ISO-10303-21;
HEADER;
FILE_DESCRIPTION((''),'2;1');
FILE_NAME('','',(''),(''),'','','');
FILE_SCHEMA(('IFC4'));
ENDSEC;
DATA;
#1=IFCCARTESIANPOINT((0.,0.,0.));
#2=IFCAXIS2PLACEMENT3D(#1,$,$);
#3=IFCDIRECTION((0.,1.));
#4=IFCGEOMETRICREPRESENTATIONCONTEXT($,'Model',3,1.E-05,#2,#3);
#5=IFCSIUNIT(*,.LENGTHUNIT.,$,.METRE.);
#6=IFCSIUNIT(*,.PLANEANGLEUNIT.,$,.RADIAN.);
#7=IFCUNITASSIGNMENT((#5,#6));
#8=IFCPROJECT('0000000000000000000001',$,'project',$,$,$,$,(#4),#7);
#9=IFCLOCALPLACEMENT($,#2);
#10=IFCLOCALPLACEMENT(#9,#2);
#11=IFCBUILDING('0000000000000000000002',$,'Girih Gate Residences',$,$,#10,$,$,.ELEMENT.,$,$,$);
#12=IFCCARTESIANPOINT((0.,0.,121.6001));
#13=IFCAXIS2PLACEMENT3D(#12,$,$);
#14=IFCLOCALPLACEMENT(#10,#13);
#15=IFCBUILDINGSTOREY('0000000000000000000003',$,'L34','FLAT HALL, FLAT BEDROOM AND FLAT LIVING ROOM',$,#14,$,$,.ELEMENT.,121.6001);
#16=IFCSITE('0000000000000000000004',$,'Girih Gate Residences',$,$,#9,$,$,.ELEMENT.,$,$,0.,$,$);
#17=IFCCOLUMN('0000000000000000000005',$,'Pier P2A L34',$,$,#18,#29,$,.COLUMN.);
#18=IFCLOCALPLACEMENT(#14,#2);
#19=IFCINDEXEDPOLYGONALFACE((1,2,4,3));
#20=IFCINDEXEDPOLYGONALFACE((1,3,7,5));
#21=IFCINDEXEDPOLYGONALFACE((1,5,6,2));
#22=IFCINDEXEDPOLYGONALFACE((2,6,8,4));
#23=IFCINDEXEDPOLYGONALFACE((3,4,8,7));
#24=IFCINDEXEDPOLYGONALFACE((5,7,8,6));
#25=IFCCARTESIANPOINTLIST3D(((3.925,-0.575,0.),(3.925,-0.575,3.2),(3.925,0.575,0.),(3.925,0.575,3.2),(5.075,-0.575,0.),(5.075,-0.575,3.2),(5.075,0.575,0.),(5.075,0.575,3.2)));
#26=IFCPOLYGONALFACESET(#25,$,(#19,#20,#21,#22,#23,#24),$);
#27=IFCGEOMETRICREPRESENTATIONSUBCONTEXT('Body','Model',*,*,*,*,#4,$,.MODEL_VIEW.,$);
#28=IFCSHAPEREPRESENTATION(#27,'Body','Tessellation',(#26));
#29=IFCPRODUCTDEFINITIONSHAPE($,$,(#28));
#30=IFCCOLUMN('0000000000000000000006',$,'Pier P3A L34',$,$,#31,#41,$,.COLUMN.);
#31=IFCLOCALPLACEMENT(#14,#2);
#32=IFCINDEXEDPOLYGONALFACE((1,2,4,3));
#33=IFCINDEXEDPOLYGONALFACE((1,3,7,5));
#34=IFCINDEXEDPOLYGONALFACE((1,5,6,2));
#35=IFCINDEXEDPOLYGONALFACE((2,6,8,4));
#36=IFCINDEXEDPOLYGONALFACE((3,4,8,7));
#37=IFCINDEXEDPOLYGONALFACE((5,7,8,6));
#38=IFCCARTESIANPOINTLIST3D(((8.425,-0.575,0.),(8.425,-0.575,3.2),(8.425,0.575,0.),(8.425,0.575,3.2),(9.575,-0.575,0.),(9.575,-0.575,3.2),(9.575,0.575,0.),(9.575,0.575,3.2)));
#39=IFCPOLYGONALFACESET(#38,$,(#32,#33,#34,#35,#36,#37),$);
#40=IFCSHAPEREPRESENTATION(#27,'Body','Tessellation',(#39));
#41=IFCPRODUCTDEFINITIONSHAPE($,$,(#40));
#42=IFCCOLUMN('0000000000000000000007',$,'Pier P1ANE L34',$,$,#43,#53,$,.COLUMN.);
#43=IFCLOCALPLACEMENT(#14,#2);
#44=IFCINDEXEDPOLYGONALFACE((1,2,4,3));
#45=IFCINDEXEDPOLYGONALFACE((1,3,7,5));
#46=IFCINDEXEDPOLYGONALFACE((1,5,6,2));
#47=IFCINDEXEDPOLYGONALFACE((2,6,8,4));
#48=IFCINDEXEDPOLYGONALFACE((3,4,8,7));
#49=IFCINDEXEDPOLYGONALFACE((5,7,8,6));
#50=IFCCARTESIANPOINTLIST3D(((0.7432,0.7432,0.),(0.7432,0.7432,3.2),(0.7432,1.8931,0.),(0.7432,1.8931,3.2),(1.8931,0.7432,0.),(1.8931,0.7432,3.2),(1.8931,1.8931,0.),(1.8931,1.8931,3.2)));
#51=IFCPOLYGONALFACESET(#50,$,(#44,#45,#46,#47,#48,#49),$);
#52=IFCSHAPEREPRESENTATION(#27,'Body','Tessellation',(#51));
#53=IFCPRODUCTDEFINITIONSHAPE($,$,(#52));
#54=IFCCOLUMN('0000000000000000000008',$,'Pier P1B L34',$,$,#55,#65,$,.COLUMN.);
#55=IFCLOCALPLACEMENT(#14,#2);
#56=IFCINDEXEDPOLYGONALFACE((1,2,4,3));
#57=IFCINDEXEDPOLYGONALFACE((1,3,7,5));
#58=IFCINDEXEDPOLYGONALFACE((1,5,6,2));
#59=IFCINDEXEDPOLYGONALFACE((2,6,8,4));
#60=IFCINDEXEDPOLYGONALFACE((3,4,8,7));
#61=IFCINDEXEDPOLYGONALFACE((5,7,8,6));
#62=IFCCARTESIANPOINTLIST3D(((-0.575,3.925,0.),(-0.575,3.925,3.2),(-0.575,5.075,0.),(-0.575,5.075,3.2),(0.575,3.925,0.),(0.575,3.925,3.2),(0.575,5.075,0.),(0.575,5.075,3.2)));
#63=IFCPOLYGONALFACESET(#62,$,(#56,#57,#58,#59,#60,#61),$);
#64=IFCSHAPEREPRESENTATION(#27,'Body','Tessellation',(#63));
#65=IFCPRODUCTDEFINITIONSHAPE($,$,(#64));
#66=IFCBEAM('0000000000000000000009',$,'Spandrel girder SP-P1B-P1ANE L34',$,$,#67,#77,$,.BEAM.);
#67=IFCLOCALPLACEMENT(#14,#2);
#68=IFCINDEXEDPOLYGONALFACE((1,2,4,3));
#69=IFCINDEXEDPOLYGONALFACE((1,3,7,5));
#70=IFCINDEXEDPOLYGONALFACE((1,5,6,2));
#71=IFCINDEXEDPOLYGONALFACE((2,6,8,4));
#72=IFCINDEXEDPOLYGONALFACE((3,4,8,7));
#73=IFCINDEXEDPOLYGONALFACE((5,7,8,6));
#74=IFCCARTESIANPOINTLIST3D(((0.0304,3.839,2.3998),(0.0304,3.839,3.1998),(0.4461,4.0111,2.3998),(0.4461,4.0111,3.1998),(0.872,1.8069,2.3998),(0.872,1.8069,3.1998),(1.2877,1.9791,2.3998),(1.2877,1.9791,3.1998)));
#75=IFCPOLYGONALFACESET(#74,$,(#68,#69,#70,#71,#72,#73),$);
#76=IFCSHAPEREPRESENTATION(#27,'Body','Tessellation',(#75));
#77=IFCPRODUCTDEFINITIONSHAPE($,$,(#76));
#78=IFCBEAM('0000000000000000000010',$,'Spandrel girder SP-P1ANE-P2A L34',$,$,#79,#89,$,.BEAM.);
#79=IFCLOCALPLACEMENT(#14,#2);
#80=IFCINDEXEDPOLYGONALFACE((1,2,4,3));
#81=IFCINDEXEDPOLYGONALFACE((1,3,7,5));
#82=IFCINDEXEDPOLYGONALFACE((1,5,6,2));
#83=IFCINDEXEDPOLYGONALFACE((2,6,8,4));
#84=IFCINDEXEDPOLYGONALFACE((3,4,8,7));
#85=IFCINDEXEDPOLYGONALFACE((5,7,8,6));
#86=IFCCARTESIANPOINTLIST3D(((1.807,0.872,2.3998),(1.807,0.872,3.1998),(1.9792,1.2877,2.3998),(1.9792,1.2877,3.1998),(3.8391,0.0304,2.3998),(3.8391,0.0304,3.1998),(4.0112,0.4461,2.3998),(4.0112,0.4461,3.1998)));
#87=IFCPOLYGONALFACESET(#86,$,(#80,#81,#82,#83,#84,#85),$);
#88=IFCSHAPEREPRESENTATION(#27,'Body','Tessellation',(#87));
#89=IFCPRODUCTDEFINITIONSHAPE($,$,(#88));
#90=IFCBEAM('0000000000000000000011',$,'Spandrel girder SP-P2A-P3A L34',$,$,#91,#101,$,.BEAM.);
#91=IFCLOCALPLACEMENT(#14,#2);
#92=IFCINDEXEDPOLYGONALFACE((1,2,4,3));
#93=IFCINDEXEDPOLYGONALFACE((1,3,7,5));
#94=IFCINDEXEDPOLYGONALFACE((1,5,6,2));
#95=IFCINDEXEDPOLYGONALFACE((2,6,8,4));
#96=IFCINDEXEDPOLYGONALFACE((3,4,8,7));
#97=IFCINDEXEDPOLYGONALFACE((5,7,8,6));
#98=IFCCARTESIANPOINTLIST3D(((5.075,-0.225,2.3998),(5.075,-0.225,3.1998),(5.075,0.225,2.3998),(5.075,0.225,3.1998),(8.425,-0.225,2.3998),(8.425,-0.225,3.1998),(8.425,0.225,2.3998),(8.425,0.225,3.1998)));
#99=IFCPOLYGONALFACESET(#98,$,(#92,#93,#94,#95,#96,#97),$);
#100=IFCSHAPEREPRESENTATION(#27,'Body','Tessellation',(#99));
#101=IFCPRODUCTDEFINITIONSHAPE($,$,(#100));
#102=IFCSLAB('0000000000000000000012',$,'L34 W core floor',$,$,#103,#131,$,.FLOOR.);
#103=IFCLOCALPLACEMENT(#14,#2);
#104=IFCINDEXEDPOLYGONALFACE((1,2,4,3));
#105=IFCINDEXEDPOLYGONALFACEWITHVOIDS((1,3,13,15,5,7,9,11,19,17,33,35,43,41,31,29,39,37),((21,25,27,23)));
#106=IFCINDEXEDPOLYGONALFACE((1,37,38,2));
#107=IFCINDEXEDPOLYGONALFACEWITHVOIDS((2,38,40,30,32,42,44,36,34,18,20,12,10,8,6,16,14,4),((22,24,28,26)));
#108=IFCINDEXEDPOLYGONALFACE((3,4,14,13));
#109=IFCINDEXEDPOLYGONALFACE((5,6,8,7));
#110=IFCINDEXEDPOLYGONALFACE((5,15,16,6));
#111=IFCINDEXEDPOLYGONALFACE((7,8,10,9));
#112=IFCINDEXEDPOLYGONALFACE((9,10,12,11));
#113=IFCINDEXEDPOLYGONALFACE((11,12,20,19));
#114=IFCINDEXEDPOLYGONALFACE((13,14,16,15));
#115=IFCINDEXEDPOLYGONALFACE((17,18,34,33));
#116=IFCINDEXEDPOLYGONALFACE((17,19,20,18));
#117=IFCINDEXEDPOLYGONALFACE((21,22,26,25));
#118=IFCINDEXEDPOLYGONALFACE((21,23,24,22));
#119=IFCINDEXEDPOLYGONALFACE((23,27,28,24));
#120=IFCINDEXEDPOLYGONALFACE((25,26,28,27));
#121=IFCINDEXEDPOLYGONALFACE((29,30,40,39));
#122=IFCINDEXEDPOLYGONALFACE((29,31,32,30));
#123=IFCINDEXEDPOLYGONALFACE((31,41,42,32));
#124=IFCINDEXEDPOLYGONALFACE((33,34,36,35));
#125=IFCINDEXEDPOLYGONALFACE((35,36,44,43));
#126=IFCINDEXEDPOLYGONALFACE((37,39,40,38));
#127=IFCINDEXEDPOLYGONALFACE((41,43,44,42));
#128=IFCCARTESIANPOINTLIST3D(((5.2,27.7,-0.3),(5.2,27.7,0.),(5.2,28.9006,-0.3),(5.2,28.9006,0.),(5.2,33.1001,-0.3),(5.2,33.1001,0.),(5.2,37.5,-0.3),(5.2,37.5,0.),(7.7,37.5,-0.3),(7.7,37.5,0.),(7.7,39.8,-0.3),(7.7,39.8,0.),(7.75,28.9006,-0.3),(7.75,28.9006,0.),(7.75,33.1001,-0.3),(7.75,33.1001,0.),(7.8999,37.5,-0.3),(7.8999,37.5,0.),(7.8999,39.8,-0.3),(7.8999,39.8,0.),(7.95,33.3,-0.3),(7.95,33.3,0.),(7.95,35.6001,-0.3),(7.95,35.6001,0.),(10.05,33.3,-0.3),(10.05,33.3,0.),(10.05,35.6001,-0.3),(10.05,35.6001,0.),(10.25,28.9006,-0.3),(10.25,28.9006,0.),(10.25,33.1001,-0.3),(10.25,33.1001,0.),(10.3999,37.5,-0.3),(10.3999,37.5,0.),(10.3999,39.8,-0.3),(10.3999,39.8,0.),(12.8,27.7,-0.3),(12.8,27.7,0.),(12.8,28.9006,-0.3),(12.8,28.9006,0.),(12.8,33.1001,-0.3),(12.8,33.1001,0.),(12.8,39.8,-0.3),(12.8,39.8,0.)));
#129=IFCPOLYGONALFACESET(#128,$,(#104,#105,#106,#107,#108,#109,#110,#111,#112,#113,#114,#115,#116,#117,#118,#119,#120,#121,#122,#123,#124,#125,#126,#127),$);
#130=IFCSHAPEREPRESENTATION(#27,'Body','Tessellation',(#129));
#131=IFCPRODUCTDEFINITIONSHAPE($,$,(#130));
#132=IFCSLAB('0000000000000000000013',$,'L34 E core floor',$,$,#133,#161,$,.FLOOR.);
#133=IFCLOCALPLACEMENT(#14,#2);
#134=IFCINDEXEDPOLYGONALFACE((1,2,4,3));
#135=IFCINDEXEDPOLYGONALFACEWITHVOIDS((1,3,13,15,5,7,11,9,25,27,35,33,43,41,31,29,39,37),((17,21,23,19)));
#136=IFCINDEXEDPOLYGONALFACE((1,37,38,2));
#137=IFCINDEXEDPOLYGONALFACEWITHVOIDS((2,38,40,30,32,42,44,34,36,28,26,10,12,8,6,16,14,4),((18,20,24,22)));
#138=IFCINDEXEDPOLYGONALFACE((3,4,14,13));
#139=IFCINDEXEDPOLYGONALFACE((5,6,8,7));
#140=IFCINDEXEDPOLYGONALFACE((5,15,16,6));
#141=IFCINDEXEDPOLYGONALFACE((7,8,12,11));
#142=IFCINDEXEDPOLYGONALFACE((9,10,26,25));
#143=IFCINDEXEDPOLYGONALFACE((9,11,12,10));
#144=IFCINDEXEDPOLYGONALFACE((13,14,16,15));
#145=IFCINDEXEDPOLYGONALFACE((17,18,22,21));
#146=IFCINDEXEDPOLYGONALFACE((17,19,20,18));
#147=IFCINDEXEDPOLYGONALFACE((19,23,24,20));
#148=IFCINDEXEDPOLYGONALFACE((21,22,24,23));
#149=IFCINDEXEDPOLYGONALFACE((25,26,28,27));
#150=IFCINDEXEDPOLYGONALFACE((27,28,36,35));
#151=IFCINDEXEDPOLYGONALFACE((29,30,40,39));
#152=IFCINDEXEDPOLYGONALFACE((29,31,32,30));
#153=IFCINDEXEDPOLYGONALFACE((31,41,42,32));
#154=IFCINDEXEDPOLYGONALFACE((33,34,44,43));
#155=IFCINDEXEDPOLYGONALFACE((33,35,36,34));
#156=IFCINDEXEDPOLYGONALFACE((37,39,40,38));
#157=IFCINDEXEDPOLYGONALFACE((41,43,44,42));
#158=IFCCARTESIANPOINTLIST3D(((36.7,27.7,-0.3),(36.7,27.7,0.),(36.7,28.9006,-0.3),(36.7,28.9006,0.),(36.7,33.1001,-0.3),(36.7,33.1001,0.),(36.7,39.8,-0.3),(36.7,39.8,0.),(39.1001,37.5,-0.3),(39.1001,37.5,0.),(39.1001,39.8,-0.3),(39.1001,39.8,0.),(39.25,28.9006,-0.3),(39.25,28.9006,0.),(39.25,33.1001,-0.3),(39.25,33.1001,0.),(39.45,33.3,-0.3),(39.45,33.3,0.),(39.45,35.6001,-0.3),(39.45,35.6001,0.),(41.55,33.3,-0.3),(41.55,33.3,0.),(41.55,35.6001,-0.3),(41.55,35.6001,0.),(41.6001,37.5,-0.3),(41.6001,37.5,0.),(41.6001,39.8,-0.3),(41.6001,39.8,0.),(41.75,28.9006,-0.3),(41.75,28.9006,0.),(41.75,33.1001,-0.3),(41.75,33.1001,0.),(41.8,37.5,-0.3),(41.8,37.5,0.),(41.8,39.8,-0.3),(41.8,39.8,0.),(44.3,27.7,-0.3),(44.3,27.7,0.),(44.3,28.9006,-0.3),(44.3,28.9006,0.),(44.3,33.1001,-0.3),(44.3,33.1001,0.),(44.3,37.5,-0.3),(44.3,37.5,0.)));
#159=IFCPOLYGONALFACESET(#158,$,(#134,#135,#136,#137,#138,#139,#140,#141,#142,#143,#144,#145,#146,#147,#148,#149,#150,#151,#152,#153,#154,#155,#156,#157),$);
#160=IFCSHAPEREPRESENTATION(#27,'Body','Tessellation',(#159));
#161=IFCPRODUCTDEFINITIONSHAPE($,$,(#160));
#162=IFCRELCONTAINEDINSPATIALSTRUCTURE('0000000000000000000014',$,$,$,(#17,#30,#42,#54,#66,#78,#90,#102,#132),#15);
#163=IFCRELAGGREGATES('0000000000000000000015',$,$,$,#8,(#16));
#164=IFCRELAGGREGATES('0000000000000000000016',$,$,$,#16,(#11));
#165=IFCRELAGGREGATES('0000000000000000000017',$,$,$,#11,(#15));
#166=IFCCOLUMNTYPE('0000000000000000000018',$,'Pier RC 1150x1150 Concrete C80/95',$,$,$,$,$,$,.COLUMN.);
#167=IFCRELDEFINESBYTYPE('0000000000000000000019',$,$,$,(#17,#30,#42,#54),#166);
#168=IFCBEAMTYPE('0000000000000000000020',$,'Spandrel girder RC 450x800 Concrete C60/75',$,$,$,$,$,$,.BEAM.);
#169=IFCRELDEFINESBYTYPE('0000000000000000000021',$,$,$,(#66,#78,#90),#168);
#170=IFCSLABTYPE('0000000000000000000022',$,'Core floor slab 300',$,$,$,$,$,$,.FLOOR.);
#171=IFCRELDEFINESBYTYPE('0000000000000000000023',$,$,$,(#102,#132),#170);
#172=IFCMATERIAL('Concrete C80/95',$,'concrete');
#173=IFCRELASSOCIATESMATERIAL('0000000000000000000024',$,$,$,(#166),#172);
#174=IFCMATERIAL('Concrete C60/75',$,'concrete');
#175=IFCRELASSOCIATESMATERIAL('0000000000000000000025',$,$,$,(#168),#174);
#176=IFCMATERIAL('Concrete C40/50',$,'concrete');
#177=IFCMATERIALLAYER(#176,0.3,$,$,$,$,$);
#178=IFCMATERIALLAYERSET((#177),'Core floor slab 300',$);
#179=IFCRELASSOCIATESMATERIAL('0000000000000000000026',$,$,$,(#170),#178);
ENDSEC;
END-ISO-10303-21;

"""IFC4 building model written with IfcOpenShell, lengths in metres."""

from ifc_helpers import new_model, si_unit, direction, frame, origin, origin_2d, place, context, subcontext, project, spatial, polyline, rectangle, outline, extrude, material, layer, layer_set, material_profile, profile_set, type_object, element, save


model = new_model("IFC4")

# Units and contexts
model_context = context("Model", 3, precision=1e-05, world=origin(), true_north=direction((0.0, 1.0)))
body_context = subcontext(model_context, "Body", "Model", "MODEL_VIEW")
ifc_project = project(units=[si_unit("LENGTHUNIT", "METRE"), si_unit("PLANEANGLEUNIT", "RADIAN")], contexts=[model_context])

# Site, building, storey
site_placement = place(None, origin())
site = spatial("IfcSite", under=ifc_project, at=site_placement, Name="Girih Gate Residences", CompositionType="ELEMENT", RefElevation=0.0)
building_placement = place(site_placement, origin())
building = spatial("IfcBuilding", under=site, at=building_placement, Name="Girih Gate Residences", CompositionType="ELEMENT")
storey_placement = place(building_placement, frame((0.0, 0.0, 121.6001)))
storey = spatial("IfcBuildingStorey", under=building, at=storey_placement, Name="L34", Description="FLAT HALL, FLAT BEDROOM AND FLAT LIVING ROOM", CompositionType="ELEMENT", Elevation=121.6001)

# Columns
ifc_material_1 = material(Name="Concrete C80/95", Category="concrete")
ifc_material_profile_1 = material_profile(ifc_material_1, rectangle(XDim=1.1499, YDim=1.1499, at=origin_2d()))
ifc_profile_set_1 = profile_set([ifc_material_profile_1], Name="Concrete C80/95")
column_type = type_object("IfcColumnType", Name="Pier RC 1150x1150 Concrete C80/95", PredefinedType="COLUMN", material=ifc_profile_set_1)
for number, where, z_axis, x_axis, name in (
    (1, (4.5, 0.0, 0.0), (0.0, 0.0, 1.0), (1.0, 0.0, 0.0), "Pier P2A L34"),
    (2, (9.0, 0.0, 0.0), (0.0, 0.0, 1.0), (1.0, 0.0, 0.0), "Pier P3A L34"),
    (3, (1.3181, 1.3181, 0.0), (0.0, 0.0, 1.0), (1.0, 0.0, 0.0), "Pier P1ANE L34"),
    (4, (0.0, 4.5, 0.0), (0.0, 0.0, 1.0), (1.0, 0.0, 0.0), "Pier P1B L34"),
):
    element("IfcColumn", number, at=place(storey_placement, frame(where, z_axis=z_axis, x_axis=x_axis)), inside=storey, type_object=column_type, Name=name, PredefinedType="COLUMN", context=body_context, shape_type="SweptSolid", body=[
        extrude(rectangle(XDim=1.1499, YDim=1.1499, at=origin_2d()), origin(), (0.0, 0.0, 1.0), 3.2),
    ])

# Beams
ifc_material_2 = material(Name="Concrete C60/75", Category="concrete")
ifc_material_profile_2 = material_profile(ifc_material_2, rectangle(XDim=0.45, YDim=0.8, at=origin_2d()))
ifc_profile_set_2 = profile_set([ifc_material_profile_2], Name="Concrete C60/75")
beam_type = type_object("IfcBeamType", Name="Spandrel girder RC 450x800 Concrete C60/75", PredefinedType="BEAM", material=ifc_profile_set_2)
for number, where, z_axis, x_axis, name in (
    (5, (0.2383, 3.925, 2.7998), (0.382636, -0.923899, 0.0), (0.923899, 0.382636, 0.0), "Spandrel girder SP-P1B-P1ANE L34"),
    (6, (1.8931, 1.0798, 2.7998), (0.923899, -0.382636, 0.0), (0.382636, 0.923899, 0.0), "Spandrel girder SP-P1ANE-P2A L34"),
):
    element("IfcBeam", number, at=place(storey_placement, frame(where, z_axis=z_axis, x_axis=x_axis)), inside=storey, type_object=beam_type, Name=name, PredefinedType="BEAM", context=body_context, shape_type="SweptSolid", body=[
        extrude(rectangle(XDim=0.45, YDim=0.8, at=origin_2d()), origin(), (0.0, 0.0, 1.0), 2.1995),
    ])
beam_placement = place(storey_placement, frame((5.075, 0.0, 2.7998), z_axis=(1.0, 0.0, 0.0), x_axis=(0.0, 1.0, 0.0)))
element("IfcBeam", 7, at=beam_placement, inside=storey, type_object=beam_type, Name="Spandrel girder SP-P2A-P3A L34", PredefinedType="BEAM", context=body_context, shape_type="SweptSolid", body=[
    extrude(rectangle(XDim=0.45, YDim=0.8, at=origin_2d()), origin(), (0.0, 0.0, 1.0), 3.3501),
])

# Slabs
ifc_material_3 = material(Name="Concrete C40/50", Category="concrete")
ifc_layer_1 = layer(ifc_material_3, 0.3)
ifc_layer_set_1 = layer_set([ifc_layer_1], Name="Core floor slab 300")
slab_type_1 = type_object("IfcSlabType", Name="Core floor slab 300", PredefinedType="FLOOR", material=ifc_layer_set_1)
slab_1_placement = place(storey_placement, frame((0.0, 0.0, -0.3)))
element("IfcSlab", 8, at=slab_1_placement, inside=storey, type_object=slab_type_1, Name="L34 W core floor", PredefinedType="FLOOR", context=body_context, shape_type="SweptSolid", body=[
    extrude(outline(polyline([(12.8, 27.7), (5.2, 27.7), (5.2, 28.9006), (7.75, 28.9006), (7.75, 33.1001), (5.2, 33.1001), (5.2, 37.5), (7.7, 37.5), (7.7, 39.8), (7.8999, 39.8), (7.8999, 37.5), (10.3999, 37.5), (10.3999, 39.8), (12.8, 39.8), (12.8, 33.1001), (10.25, 33.1001), (10.25, 28.9006), (12.8, 28.9006), (12.8, 27.7)]), holes=[polyline([(7.95, 33.3), (10.05, 33.3), (10.05, 35.6001), (7.95, 35.6001), (7.95, 33.3)])]), origin(), (0.0, 0.0, 1.0), 0.3),
])
slab_2_placement = place(storey_placement, frame((0.0, 0.0, -0.3)))
element("IfcSlab", 9, at=slab_2_placement, inside=storey, type_object=slab_type_1, Name="L34 E core floor", PredefinedType="FLOOR", context=body_context, shape_type="SweptSolid", body=[
    extrude(outline(polyline([(44.3, 27.7), (36.7, 27.7), (36.7, 28.9006), (39.25, 28.9006), (39.25, 33.1001), (36.7, 33.1001), (36.7, 39.8), (39.1001, 39.8), (39.1001, 37.5), (41.6001, 37.5), (41.6001, 39.8), (41.8, 39.8), (41.8, 37.5), (44.3, 37.5), (44.3, 33.1001), (41.75, 33.1001), (41.75, 28.9006), (44.3, 28.9006), (44.3, 27.7)]), holes=[polyline([(39.45, 33.3), (41.55, 33.3), (41.55, 35.6001), (39.45, 35.6001), (39.45, 33.3)])]), origin(), (0.0, 0.0, 1.0), 0.3),
])

save(model, "model.ifc")
